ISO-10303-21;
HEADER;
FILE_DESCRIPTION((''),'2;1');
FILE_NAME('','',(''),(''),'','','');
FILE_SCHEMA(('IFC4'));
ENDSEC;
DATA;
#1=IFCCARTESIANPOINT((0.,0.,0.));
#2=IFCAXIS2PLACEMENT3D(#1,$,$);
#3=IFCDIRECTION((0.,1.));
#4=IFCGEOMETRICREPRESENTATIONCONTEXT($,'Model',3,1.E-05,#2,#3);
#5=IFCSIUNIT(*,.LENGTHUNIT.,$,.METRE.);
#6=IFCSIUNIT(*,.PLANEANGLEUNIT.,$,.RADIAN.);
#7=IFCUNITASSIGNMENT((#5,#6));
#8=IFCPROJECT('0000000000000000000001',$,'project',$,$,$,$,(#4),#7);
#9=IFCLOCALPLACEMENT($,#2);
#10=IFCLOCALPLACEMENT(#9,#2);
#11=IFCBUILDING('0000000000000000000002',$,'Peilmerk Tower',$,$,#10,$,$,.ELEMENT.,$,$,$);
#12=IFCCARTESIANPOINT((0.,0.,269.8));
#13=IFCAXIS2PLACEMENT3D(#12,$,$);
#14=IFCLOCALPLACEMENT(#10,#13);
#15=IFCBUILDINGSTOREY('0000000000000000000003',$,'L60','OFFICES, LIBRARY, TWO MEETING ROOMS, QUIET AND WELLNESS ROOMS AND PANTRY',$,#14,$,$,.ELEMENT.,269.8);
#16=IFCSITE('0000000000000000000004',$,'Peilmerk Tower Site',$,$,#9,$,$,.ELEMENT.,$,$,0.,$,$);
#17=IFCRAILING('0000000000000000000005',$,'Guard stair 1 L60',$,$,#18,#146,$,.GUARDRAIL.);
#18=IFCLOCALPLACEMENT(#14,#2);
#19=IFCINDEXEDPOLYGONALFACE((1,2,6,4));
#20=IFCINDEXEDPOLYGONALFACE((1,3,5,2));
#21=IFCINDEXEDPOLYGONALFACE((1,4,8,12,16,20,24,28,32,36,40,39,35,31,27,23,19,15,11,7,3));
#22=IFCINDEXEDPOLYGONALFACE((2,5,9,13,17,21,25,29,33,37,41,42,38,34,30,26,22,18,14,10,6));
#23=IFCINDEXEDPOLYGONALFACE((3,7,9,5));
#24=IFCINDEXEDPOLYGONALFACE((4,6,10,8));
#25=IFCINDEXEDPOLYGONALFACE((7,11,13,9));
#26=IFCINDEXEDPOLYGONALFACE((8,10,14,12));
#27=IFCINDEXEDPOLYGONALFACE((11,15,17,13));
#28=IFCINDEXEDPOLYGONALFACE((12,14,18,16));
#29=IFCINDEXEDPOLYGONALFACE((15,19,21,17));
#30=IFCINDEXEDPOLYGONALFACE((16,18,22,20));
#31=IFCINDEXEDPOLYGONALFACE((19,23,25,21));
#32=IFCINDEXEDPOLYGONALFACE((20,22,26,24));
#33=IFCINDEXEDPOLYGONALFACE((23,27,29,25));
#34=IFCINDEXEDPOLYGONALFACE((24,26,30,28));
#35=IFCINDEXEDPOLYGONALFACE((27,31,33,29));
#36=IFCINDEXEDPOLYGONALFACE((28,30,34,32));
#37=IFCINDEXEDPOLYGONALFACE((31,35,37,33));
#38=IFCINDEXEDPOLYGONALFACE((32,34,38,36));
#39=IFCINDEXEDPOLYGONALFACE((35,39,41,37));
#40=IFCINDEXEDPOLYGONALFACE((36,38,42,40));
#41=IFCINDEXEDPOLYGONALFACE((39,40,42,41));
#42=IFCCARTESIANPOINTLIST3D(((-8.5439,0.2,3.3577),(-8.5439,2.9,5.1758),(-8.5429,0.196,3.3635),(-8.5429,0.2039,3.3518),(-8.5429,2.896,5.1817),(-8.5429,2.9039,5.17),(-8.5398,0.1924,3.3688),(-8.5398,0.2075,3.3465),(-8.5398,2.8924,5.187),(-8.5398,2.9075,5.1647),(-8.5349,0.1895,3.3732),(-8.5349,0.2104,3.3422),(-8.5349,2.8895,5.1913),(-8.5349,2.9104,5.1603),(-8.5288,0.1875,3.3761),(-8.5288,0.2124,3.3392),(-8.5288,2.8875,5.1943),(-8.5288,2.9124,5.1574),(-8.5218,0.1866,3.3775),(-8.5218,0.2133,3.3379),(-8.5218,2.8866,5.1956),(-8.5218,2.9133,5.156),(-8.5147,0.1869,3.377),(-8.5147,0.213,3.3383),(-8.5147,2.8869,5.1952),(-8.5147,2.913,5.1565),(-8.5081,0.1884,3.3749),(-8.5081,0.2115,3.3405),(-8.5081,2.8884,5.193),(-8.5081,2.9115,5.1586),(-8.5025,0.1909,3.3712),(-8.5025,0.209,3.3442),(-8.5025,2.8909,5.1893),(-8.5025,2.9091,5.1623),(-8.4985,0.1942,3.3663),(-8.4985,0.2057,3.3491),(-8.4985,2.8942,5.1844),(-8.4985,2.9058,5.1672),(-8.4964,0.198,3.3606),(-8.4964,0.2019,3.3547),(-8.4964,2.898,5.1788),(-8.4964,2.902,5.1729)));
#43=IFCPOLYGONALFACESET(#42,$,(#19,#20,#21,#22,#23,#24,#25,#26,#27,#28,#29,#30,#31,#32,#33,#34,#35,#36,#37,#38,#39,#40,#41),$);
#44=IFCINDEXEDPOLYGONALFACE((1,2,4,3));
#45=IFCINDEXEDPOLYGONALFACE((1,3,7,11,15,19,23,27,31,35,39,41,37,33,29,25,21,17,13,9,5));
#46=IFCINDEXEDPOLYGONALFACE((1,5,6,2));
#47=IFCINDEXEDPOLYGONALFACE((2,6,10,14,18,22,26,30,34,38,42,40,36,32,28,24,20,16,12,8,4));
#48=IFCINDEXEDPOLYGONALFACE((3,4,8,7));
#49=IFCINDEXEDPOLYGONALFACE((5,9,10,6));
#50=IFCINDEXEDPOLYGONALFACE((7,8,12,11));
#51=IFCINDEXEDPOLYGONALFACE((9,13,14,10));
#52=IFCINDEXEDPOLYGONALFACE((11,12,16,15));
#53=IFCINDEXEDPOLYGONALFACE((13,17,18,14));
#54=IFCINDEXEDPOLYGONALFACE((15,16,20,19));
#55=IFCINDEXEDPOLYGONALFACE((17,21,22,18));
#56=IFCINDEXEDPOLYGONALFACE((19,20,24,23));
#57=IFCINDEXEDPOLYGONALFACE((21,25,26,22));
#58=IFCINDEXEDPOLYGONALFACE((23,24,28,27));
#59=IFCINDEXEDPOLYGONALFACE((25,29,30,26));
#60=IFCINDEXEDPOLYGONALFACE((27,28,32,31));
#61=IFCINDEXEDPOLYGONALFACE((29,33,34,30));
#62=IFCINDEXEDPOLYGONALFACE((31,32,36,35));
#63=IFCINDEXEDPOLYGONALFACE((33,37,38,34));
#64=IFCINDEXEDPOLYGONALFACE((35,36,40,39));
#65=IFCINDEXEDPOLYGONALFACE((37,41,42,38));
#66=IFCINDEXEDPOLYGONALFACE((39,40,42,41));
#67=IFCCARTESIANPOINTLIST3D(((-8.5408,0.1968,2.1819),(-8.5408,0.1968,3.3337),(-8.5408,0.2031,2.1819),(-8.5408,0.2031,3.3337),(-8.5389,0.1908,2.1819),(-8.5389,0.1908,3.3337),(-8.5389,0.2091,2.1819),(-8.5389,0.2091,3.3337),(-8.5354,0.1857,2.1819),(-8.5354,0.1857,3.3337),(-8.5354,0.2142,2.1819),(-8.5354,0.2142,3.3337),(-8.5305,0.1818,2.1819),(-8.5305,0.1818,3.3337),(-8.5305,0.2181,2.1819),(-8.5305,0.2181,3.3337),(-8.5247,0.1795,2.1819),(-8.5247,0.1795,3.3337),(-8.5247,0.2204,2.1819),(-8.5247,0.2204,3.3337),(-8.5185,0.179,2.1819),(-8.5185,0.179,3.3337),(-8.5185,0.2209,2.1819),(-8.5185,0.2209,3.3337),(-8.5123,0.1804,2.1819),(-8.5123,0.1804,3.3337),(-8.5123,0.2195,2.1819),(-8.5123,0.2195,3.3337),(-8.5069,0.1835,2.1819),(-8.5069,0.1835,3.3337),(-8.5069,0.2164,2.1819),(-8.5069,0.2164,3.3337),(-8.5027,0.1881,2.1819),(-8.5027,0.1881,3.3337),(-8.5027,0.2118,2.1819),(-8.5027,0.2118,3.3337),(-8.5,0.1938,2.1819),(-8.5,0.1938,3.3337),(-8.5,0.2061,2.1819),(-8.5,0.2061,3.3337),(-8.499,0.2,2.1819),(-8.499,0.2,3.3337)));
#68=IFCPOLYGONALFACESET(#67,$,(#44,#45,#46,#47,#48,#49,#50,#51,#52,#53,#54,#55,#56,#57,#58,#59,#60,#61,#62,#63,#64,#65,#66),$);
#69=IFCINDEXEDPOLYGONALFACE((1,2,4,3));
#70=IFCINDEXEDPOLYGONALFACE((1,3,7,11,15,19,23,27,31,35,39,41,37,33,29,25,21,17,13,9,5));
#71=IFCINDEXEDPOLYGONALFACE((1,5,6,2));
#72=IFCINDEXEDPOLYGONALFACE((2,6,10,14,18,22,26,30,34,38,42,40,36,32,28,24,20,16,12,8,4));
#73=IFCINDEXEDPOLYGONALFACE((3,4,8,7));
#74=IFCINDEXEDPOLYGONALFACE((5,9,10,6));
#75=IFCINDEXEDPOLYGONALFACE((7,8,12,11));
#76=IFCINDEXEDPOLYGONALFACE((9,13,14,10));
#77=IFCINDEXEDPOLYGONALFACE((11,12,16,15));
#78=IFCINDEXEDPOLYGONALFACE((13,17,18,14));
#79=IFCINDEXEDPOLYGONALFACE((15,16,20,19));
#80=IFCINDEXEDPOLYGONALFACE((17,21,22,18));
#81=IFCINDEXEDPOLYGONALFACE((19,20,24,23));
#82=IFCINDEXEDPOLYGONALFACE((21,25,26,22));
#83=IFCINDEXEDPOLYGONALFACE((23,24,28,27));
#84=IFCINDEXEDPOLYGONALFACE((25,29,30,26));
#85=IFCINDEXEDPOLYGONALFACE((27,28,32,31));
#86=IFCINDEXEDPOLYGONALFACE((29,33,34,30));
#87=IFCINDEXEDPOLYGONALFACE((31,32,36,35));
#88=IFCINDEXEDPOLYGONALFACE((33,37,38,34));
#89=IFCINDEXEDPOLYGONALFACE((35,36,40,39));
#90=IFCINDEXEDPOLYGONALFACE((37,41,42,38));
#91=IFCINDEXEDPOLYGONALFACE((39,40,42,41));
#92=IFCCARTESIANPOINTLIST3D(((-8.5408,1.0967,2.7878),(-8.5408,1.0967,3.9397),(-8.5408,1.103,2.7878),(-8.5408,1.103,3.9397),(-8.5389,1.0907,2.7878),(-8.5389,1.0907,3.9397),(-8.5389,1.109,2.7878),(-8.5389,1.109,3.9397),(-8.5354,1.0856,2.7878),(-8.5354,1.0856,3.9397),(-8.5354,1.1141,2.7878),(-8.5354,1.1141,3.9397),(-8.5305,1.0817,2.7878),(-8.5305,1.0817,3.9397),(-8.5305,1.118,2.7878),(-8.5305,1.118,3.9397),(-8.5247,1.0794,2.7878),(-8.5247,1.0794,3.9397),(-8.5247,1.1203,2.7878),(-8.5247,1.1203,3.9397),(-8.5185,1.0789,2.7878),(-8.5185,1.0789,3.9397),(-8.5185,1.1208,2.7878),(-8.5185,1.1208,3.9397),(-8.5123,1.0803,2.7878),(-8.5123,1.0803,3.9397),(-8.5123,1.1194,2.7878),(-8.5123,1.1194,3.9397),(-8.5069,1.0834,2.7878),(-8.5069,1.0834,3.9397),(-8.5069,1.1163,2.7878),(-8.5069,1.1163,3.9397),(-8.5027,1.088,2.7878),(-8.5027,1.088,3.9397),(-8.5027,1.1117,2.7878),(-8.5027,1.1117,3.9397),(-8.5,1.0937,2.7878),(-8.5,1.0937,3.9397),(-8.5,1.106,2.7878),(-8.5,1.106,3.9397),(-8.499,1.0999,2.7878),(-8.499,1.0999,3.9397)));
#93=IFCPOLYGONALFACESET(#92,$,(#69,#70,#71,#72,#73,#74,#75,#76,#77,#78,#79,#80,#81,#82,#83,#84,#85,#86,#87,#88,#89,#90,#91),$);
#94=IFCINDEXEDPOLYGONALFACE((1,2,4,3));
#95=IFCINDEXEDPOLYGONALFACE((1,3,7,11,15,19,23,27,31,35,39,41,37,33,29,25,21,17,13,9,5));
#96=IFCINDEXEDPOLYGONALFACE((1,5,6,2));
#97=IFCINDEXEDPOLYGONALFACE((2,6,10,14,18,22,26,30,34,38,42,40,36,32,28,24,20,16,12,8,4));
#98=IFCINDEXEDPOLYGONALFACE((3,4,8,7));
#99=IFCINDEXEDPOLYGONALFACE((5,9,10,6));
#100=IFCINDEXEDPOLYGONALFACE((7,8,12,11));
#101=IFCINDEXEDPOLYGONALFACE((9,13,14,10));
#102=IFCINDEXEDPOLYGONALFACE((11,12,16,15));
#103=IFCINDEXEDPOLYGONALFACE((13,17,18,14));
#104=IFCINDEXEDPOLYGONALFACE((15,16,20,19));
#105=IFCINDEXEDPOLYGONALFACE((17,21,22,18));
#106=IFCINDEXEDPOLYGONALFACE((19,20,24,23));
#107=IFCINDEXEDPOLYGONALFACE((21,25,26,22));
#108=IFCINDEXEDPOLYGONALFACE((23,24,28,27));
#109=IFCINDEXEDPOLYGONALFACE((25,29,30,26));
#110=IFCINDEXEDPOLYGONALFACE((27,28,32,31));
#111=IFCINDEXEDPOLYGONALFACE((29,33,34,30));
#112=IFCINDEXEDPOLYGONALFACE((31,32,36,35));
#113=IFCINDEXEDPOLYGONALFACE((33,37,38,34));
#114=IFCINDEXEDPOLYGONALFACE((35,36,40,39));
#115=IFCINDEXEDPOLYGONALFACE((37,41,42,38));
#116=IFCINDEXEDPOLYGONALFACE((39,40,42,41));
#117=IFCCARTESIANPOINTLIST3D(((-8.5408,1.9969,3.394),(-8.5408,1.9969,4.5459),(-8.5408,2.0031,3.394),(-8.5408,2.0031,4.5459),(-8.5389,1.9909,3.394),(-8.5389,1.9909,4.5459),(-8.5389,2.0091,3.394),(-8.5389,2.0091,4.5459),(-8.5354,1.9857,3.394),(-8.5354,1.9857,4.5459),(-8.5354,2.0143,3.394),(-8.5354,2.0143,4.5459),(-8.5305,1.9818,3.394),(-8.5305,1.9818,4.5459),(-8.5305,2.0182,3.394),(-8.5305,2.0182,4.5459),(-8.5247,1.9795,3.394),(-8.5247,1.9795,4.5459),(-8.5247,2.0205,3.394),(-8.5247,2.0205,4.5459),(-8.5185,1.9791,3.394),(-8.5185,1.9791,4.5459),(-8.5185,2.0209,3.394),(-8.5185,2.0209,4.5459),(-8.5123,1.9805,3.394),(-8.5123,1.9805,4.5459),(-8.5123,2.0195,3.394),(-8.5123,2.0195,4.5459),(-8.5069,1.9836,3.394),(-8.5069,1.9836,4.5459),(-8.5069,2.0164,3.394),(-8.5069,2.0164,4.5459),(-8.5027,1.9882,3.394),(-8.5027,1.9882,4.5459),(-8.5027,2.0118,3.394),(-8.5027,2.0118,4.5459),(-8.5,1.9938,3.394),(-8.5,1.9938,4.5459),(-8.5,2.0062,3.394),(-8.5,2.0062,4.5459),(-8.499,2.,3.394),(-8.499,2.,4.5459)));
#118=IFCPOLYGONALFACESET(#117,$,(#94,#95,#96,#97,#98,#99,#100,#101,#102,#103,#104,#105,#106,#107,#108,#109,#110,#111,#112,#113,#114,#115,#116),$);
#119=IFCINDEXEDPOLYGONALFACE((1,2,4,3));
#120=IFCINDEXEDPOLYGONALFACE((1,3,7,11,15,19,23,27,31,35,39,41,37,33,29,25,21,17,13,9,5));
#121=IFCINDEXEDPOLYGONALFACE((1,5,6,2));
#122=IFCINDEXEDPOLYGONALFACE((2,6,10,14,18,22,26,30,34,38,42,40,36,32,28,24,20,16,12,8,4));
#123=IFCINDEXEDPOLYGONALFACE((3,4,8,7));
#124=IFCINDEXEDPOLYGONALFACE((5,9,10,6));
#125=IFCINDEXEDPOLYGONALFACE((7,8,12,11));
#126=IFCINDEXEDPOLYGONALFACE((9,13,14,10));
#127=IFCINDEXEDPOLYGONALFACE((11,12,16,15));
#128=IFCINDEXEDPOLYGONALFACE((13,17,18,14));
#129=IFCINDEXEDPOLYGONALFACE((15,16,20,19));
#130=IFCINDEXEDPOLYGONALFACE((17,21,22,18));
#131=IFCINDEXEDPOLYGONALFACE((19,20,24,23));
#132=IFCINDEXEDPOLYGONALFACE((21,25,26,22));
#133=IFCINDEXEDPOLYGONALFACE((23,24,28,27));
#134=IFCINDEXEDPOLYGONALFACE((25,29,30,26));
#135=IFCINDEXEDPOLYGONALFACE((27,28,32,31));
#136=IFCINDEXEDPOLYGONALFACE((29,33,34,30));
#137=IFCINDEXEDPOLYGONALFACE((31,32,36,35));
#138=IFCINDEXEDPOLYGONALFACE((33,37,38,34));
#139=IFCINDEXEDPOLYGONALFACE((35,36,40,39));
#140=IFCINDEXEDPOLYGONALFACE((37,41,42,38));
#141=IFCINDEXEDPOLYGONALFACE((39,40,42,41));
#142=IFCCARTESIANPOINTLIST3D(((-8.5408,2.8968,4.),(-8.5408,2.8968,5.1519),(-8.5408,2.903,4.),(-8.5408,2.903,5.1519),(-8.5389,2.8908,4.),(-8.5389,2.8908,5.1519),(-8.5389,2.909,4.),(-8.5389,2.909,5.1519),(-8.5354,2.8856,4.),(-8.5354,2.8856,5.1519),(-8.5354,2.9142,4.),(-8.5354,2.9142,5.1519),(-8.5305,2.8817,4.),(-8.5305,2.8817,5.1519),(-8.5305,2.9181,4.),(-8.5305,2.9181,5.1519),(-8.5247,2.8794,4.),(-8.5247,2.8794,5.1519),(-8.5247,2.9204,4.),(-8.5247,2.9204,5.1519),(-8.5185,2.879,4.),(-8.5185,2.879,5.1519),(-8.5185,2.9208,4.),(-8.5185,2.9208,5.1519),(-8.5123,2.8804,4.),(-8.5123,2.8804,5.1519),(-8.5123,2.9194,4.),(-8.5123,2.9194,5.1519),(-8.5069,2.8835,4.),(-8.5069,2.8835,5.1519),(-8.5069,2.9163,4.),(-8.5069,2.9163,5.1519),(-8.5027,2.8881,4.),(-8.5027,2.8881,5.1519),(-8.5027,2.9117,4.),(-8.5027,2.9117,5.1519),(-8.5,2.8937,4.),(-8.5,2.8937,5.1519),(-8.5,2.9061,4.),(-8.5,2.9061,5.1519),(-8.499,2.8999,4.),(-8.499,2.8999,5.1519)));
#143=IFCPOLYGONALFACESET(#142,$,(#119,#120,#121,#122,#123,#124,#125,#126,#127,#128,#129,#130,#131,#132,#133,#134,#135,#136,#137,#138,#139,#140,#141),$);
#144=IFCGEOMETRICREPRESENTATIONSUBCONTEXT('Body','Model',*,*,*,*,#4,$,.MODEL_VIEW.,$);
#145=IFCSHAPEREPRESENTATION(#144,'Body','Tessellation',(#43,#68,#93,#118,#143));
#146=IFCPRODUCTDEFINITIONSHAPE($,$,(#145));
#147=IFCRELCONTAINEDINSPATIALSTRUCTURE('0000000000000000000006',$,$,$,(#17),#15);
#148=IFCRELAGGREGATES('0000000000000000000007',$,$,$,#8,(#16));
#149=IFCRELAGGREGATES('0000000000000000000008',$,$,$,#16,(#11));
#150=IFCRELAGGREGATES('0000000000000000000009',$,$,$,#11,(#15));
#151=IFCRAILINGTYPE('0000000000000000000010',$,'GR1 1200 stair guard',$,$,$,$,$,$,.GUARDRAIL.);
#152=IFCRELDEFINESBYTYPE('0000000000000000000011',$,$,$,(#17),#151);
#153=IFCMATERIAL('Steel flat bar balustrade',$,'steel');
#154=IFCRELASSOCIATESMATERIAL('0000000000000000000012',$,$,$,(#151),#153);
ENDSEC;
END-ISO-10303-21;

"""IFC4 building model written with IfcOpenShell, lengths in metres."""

from ifc_helpers import new_model, si_unit, direction, frame, origin, origin_2d, place, context, subcontext, project, spatial, circle, extrude, material, type_object, element, save


model = new_model("IFC4")

# Units and contexts
model_context = context("Model", 3, precision=1e-05, world=origin(), true_north=direction((0.0, 1.0)))
body_context = subcontext(model_context, "Body", "Model", "MODEL_VIEW")
ifc_project = project(units=[si_unit("LENGTHUNIT", "METRE"), si_unit("PLANEANGLEUNIT", "RADIAN")], contexts=[model_context])

# Site, building, storey
site_placement = place(None, origin())
site = spatial("IfcSite", under=ifc_project, at=site_placement, Name="Peilmerk Tower Site", CompositionType="ELEMENT", RefElevation=0.0)
building_placement = place(site_placement, origin())
building = spatial("IfcBuilding", under=site, at=building_placement, Name="Peilmerk Tower", CompositionType="ELEMENT")
storey_placement = place(building_placement, frame((0.0, 0.0, 269.8)))
storey = spatial("IfcBuildingStorey", under=building, at=storey_placement, Name="L60", Description="OFFICES, LIBRARY, TWO MEETING ROOMS, QUIET AND WELLNESS ROOMS AND PANTRY", CompositionType="ELEMENT", Elevation=269.8)

# Railing
ifc_material_1 = material(Name="Steel flat bar balustrade", Category="steel")
railing_type_1 = type_object("IfcRailingType", Name="GR1 1200 stair guard", PredefinedType="GUARDRAIL", material=ifc_material_1)
railing_1_placement = place(storey_placement, frame((-8.52, 0.2, 2.1819)))
element("IfcRailing", 1, at=railing_1_placement, inside=storey, type_object=railing_type_1, Name="Guard stair 1 L60", PredefinedType="GUARDRAIL", context=body_context, shape_type="SweptSolid", body=[
    extrude(circle(Radius=0.0239, at=origin_2d()), frame((0.0, 0.0, 1.1758), z_axis=(0.0, 0.829468, 0.558554), x_axis=(-1.0, 0.0, 0.0)), (0.0, 0.0, 1.0), 3.2551),
    extrude(circle(Radius=0.021, at=origin_2d()), origin(), (0.0, 0.0, 1.0), 1.1519),
    extrude(circle(Radius=0.021, at=origin_2d()), frame((0.0, 0.8999, 0.606)), (0.0, 0.0, 1.0), 1.1519),
    extrude(circle(Radius=0.021, at=origin_2d()), frame((0.0, 1.8, 1.2122)), (0.0, 0.0, 1.0), 1.1519),
    extrude(circle(Radius=0.021, at=origin_2d()), frame((0.0, 2.7, 1.8181)), (0.0, 0.0, 1.0), 1.1519),
])

save(model, "model.ifc")
